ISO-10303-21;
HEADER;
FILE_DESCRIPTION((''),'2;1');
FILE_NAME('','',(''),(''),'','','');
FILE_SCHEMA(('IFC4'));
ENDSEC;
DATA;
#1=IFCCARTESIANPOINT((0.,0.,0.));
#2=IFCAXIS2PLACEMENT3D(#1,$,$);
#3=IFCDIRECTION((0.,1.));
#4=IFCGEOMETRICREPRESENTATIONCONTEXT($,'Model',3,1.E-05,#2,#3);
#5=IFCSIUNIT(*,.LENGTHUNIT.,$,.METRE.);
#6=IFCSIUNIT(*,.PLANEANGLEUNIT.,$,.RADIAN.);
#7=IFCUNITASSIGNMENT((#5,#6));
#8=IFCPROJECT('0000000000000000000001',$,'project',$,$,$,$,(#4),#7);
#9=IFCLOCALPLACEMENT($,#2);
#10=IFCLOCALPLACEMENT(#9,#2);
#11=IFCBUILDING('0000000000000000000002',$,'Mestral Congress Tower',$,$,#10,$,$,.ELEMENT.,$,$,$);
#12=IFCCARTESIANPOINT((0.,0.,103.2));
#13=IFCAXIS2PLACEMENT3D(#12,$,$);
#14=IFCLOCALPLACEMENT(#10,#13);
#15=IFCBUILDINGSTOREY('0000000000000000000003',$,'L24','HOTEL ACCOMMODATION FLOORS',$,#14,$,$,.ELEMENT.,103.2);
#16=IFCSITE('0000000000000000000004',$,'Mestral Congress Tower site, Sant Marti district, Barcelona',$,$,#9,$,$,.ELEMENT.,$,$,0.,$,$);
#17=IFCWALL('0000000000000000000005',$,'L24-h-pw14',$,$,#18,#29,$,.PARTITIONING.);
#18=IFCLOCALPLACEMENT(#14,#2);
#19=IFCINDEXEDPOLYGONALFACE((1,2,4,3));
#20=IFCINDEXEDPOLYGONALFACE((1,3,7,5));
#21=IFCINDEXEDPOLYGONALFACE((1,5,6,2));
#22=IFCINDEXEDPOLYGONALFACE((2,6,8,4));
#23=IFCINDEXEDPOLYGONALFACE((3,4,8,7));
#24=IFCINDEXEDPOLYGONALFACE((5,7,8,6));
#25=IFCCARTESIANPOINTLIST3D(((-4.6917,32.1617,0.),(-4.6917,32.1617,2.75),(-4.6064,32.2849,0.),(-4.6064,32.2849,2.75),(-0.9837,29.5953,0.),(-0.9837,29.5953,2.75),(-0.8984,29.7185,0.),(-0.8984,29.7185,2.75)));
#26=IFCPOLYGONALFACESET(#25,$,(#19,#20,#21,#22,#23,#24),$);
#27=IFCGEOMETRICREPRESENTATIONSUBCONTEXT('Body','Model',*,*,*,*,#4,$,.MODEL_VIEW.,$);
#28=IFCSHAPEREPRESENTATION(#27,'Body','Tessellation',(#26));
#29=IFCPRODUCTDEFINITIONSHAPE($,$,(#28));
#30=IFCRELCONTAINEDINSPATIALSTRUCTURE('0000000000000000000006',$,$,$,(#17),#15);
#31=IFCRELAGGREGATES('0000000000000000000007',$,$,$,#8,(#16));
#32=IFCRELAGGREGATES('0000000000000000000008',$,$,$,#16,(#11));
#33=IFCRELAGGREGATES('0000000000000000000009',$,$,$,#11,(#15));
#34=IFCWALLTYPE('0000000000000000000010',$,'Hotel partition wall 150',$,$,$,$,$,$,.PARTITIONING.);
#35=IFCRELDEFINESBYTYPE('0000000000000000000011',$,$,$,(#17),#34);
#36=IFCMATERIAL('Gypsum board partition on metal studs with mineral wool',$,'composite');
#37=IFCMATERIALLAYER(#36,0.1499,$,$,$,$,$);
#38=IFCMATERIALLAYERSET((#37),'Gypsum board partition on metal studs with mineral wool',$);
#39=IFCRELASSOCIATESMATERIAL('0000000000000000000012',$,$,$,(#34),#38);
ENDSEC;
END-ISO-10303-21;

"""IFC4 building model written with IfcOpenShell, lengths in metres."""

from ifc_helpers import new_model, si_unit, direction, frame, frame_2d, origin, place, context, subcontext, project, spatial, rectangle, extrude, material, layer, layer_set, type_object, element, save


model = new_model("IFC4")

# Units and contexts
model_context = context("Model", 3, precision=1e-05, world=origin(), true_north=direction((0.0, 1.0)))
body_context = subcontext(model_context, "Body", "Model", "MODEL_VIEW")
ifc_project = project(units=[si_unit("LENGTHUNIT", "METRE"), si_unit("PLANEANGLEUNIT", "RADIAN")], contexts=[model_context])

# Site, building, storey
site_placement = place(None, origin())
site = spatial("IfcSite", under=ifc_project, at=site_placement, Name="Mestral Congress Tower site, Sant Marti district, Barcelona", CompositionType="ELEMENT", RefElevation=0.0)
building_placement = place(site_placement, origin())
building = spatial("IfcBuilding", under=site, at=building_placement, Name="Mestral Congress Tower", CompositionType="ELEMENT")
storey_placement = place(building_placement, frame((0.0, 0.0, 103.2)))
storey = spatial("IfcBuildingStorey", under=building, at=storey_placement, Name="L24", Description="HOTEL ACCOMMODATION FLOORS", CompositionType="ELEMENT", Elevation=103.2)

# Shared definitions
ifc_material_1 = material(Name="Gypsum board partition on metal studs with mineral wool", Category="composite")

# Wall
ifc_layer_1 = layer(ifc_material_1, 0.1499)
ifc_layer_set_1 = layer_set([ifc_layer_1], Name="Gypsum board partition on metal studs with mineral wool")
wall_type_1 = type_object("IfcWallType", Name="Hotel partition wall 150", PredefinedType="PARTITIONING", material=ifc_layer_set_1)
wall_1_placement = place(storey_placement, frame((-4.6492, 32.2234, 0.0), z_axis=(0.0, 0.0, 1.0), x_axis=(0.822262, -0.569109, 0.0)))
element("IfcWall", 1, at=wall_1_placement, inside=storey, type_object=wall_type_1, Name="L24-h-pw14", PredefinedType="PARTITIONING", context=body_context, shape_type="SweptSolid", body=[
    extrude(rectangle(XDim=4.5095, YDim=0.1499, at=frame_2d((2.2549, 0.0))), origin(), (0.0, 0.0, 1.0), 2.75),
])

save(model, "model.ifc")
